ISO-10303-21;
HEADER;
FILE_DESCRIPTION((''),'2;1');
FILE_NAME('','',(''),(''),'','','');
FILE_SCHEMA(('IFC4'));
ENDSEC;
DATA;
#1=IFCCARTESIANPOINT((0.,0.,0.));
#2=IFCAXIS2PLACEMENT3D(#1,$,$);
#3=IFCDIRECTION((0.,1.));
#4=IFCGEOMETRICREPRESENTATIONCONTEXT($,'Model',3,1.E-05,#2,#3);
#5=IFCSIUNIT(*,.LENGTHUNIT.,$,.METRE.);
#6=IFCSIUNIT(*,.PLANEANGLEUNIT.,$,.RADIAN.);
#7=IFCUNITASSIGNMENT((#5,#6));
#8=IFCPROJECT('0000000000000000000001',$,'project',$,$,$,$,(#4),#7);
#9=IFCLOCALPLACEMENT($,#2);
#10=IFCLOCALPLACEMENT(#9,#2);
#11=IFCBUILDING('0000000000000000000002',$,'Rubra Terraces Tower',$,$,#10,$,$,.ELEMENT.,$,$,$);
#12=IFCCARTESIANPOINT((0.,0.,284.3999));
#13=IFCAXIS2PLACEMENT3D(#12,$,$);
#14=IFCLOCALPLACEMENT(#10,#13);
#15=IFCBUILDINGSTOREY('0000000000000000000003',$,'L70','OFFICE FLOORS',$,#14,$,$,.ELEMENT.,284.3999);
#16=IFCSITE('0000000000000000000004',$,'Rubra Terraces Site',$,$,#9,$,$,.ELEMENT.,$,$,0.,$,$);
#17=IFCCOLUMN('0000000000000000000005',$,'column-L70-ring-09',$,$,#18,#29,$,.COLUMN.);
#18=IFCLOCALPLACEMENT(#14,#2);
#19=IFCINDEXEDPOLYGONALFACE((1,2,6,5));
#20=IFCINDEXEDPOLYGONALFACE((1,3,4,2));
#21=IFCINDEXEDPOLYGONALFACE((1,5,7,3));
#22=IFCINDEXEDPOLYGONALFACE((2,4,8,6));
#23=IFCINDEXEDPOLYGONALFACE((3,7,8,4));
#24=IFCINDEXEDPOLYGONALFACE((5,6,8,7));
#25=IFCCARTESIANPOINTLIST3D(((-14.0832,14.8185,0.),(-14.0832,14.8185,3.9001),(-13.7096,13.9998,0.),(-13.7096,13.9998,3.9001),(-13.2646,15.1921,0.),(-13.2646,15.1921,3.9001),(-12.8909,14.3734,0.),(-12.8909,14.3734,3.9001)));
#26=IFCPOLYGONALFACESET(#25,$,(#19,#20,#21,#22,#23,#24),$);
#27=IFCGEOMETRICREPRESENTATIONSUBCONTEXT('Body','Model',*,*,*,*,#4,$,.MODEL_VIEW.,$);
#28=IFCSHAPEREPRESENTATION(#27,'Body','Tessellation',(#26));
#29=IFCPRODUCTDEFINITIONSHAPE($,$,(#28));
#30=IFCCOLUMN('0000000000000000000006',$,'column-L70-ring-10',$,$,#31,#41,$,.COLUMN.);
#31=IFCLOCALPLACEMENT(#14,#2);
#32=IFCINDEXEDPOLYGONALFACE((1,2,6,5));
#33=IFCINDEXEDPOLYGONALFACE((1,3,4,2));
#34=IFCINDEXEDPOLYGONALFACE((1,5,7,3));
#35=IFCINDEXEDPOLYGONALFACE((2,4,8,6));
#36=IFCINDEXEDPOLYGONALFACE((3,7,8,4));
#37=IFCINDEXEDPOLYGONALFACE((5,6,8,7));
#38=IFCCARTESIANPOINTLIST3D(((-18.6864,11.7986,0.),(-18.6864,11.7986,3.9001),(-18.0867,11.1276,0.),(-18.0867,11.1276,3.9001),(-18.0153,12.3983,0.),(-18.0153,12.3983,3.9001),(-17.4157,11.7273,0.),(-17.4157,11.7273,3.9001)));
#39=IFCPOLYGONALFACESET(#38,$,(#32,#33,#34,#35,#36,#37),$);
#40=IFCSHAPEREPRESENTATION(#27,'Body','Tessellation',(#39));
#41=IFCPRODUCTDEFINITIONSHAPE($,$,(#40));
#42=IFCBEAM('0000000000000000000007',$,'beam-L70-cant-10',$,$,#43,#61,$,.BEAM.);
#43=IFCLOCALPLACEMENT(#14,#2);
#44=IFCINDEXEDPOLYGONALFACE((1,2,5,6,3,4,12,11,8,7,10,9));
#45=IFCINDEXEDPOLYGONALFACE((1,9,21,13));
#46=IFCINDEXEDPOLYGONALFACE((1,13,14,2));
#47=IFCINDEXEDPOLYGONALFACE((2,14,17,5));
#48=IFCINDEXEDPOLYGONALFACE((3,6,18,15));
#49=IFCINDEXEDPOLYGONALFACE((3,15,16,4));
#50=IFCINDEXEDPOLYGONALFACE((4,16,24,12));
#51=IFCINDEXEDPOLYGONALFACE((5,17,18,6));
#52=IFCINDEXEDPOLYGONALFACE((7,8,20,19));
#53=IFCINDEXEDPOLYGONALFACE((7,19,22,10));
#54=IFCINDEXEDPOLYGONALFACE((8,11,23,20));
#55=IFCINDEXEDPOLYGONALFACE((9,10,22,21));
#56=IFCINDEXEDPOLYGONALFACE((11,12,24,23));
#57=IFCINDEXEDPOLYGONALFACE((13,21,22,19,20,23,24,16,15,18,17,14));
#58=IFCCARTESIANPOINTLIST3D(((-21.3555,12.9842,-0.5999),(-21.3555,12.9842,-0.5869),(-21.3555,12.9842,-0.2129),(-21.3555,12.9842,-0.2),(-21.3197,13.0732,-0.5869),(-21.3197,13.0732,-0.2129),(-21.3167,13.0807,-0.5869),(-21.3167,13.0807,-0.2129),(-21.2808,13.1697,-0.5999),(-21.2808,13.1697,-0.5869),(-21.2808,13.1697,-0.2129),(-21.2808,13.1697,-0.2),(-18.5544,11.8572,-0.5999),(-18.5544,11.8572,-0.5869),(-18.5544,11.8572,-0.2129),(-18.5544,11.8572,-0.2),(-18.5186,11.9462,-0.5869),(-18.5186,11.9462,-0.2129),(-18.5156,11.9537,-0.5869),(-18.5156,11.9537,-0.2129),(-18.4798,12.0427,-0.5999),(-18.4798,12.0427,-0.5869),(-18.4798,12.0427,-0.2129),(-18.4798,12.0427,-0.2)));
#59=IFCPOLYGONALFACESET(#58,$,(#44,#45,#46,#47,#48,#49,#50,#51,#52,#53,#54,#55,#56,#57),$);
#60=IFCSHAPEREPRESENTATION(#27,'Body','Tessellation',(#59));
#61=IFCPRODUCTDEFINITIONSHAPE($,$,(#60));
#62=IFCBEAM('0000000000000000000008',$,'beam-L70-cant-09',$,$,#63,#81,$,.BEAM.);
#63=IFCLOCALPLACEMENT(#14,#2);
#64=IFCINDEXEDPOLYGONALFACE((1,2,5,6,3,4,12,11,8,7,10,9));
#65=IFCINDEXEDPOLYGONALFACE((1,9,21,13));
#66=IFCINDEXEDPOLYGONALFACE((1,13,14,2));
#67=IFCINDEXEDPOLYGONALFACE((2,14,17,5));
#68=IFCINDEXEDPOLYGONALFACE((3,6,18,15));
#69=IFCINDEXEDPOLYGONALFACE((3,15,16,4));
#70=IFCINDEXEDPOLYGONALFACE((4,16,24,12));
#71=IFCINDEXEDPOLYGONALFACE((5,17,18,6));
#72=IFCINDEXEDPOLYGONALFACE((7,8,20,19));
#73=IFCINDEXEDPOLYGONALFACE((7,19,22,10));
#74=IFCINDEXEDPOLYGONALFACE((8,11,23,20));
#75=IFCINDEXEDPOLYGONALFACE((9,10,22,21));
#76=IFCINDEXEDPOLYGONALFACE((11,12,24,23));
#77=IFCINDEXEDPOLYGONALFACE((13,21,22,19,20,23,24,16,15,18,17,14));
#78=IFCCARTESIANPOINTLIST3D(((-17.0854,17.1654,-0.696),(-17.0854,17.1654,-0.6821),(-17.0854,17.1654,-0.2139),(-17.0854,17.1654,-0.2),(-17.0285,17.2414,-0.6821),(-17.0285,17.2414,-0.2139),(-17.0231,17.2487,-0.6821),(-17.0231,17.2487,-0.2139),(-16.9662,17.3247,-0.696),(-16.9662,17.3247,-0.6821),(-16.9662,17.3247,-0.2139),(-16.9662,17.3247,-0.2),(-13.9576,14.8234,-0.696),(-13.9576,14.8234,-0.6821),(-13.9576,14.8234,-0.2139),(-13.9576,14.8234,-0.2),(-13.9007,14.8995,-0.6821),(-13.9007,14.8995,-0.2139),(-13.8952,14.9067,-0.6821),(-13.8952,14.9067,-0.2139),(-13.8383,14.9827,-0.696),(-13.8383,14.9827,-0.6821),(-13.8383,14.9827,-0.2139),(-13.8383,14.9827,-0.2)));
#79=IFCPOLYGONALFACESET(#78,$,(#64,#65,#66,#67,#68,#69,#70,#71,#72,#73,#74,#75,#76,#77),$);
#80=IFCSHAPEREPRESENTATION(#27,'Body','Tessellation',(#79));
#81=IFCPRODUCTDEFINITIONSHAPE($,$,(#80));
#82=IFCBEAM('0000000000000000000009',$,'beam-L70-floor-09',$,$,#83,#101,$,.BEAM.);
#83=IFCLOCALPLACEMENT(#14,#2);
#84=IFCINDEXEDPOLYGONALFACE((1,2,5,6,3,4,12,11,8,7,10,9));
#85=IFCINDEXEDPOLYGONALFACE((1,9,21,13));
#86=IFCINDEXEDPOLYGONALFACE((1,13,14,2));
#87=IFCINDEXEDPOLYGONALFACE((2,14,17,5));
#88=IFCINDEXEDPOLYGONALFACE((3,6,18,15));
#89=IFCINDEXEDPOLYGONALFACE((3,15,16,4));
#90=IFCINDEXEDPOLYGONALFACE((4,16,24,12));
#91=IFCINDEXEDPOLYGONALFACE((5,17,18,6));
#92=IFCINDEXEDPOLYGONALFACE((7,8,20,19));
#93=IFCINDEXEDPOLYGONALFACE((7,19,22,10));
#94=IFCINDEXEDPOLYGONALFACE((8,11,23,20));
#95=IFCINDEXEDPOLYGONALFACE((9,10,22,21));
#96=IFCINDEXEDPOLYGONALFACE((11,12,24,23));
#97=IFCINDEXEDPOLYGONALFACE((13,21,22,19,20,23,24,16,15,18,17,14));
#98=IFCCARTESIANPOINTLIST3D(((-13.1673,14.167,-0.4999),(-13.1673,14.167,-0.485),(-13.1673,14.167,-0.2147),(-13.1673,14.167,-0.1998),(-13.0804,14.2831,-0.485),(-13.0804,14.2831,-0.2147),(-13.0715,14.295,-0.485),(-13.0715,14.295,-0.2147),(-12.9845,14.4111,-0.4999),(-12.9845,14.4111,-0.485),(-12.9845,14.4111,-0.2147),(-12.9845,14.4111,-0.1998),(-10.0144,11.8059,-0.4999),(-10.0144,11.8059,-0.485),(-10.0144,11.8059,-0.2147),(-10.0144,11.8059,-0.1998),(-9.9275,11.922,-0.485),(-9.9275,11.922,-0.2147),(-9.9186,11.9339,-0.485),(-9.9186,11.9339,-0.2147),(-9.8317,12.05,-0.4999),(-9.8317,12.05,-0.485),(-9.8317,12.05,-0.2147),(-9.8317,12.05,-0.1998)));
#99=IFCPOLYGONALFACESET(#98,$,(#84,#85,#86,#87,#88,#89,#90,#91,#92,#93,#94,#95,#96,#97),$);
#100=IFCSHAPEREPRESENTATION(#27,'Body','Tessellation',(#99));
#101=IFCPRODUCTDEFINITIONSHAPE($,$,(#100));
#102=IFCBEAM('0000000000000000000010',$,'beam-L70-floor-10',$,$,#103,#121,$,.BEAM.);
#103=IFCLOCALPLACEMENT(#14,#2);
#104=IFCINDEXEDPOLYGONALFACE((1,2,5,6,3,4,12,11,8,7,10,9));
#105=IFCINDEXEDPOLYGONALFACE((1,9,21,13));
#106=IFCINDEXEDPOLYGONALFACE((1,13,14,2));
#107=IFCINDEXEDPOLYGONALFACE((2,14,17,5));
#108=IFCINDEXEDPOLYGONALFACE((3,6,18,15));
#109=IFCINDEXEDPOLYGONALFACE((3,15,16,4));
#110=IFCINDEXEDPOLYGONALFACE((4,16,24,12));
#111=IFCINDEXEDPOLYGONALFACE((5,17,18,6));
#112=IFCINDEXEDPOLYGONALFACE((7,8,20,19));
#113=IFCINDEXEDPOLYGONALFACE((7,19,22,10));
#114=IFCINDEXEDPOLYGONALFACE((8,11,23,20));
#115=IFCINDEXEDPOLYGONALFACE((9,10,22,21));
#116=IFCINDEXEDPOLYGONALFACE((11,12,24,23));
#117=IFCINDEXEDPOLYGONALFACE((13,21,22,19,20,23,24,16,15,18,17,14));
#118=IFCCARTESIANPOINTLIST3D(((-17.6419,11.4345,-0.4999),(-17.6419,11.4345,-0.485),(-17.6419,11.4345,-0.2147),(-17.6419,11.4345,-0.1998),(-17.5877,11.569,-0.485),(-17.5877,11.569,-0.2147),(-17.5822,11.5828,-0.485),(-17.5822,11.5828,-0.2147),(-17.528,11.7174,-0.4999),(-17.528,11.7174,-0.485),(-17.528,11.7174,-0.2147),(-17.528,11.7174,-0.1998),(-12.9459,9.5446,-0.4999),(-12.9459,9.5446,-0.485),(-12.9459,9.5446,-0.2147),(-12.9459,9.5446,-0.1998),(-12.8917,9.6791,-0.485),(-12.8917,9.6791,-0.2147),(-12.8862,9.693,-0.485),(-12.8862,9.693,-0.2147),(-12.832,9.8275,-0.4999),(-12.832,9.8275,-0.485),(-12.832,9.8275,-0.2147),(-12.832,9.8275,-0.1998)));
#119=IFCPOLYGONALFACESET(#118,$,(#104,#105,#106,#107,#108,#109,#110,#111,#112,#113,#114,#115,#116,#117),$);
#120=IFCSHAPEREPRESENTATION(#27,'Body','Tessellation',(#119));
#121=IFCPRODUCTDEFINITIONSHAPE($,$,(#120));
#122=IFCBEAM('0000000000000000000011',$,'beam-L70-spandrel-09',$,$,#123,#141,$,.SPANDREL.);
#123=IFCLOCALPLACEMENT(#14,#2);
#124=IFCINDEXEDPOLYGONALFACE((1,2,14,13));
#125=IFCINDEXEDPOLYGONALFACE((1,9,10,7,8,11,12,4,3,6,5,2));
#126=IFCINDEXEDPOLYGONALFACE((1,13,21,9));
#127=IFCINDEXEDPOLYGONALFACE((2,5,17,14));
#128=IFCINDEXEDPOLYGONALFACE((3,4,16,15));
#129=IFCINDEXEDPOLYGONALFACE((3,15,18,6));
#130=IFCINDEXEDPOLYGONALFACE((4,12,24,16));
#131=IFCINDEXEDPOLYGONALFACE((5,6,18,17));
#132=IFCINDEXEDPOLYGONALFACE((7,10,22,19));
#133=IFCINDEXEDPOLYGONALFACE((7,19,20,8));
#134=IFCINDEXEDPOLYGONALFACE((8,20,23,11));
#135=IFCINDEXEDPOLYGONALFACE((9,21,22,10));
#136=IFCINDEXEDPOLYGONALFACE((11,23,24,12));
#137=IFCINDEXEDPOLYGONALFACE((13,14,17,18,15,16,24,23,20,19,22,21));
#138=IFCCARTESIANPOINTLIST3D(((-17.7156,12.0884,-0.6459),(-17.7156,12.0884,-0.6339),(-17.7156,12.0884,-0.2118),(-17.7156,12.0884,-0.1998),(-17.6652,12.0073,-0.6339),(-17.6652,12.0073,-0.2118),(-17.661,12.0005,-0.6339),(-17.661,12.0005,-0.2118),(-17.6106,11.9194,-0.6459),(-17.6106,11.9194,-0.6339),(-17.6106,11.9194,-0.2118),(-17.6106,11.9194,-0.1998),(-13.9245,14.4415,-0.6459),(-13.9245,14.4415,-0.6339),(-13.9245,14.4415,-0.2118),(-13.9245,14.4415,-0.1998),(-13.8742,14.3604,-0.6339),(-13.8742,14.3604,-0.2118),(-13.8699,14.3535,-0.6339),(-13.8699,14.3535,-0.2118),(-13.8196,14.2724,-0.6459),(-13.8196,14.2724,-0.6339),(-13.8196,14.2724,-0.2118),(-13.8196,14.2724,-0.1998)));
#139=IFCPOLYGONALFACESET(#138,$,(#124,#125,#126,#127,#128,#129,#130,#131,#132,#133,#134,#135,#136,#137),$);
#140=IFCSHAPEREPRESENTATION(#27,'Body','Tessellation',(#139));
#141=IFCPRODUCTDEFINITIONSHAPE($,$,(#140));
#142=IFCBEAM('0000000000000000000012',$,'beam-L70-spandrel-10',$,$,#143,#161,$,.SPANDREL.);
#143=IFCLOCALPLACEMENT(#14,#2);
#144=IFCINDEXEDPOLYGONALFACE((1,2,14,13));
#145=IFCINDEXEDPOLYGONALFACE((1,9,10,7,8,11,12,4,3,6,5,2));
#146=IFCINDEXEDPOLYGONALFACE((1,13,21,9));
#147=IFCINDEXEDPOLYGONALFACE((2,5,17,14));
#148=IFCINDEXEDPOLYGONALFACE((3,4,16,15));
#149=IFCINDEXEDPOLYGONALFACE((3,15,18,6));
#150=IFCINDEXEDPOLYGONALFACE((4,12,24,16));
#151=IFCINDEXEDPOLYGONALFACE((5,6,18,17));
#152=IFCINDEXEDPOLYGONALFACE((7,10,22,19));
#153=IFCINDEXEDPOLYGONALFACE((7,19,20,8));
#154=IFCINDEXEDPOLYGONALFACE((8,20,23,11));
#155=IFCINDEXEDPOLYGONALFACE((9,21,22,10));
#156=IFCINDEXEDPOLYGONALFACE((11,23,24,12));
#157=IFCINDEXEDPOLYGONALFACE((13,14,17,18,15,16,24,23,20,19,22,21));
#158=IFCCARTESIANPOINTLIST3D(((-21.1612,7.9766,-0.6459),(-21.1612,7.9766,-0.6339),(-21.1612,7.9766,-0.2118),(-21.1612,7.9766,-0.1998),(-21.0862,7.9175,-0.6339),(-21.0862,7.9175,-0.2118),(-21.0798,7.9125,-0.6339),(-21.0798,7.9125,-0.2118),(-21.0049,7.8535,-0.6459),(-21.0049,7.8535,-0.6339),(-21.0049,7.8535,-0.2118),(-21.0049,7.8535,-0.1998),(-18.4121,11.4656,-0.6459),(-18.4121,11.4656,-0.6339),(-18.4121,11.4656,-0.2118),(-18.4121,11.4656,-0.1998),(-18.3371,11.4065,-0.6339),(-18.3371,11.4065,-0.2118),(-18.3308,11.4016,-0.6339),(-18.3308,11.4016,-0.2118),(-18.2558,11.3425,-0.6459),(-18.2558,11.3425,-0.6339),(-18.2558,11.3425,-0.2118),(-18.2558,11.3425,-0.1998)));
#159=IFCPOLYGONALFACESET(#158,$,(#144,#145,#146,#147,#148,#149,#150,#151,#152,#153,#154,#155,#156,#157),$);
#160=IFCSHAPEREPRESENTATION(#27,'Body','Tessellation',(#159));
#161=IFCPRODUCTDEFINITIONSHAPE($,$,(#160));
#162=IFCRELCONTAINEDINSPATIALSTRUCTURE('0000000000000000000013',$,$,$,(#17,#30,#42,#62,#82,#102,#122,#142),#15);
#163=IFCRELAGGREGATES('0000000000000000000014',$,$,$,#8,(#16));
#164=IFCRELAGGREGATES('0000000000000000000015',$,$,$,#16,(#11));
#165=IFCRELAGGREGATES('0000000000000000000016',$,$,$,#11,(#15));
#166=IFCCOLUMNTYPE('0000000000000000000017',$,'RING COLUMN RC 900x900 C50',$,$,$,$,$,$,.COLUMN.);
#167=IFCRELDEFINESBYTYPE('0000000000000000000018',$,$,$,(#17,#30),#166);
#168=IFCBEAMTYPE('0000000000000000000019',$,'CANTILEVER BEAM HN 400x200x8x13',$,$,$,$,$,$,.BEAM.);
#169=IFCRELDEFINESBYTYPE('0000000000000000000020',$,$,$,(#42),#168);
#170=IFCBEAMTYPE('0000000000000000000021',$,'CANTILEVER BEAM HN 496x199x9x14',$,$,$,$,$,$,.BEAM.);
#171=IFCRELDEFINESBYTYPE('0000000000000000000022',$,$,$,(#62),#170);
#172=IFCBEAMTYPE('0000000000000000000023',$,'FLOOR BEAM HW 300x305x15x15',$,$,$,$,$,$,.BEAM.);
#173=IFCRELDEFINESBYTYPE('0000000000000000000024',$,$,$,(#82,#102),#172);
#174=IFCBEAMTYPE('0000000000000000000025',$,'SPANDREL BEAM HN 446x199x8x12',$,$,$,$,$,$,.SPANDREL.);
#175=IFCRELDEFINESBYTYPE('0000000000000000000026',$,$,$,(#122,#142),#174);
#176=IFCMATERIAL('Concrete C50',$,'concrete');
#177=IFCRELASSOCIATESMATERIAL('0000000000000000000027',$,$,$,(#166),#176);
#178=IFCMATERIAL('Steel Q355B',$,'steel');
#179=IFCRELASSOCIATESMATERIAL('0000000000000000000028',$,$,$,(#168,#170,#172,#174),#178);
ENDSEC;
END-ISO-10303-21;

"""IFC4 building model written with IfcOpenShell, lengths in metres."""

from ifc_helpers import new_model, si_unit, direction, frame, origin, origin_2d, place, context, subcontext, project, spatial, rectangle, i_section, extrude, material, material_profile, profile_set, type_object, element, save


model = new_model("IFC4")

# Units and contexts
model_context = context("Model", 3, precision=1e-05, world=origin(), true_north=direction((0.0, 1.0)))
body_context = subcontext(model_context, "Body", "Model", "MODEL_VIEW")
ifc_project = project(units=[si_unit("LENGTHUNIT", "METRE"), si_unit("PLANEANGLEUNIT", "RADIAN")], contexts=[model_context])

# Site, building, storey
site_placement = place(None, origin())
site = spatial("IfcSite", under=ifc_project, at=site_placement, Name="Rubra Terraces Site", CompositionType="ELEMENT", RefElevation=0.0)
building_placement = place(site_placement, origin())
building = spatial("IfcBuilding", under=site, at=building_placement, Name="Rubra Terraces Tower", CompositionType="ELEMENT")
storey_placement = place(building_placement, frame((0.0, 0.0, 284.3999)))
storey = spatial("IfcBuildingStorey", under=building, at=storey_placement, Name="L70", Description="OFFICE FLOORS", CompositionType="ELEMENT", Elevation=284.3999)

# Columns
ifc_material_1 = material(Name="Concrete C50", Category="concrete")
ifc_material_profile_1 = material_profile(ifc_material_1, rectangle(XDim=0.8999, YDim=0.8999, at=origin_2d()), Name="RC 900x900")
ifc_profile_set_1 = profile_set([ifc_material_profile_1], Name="Concrete C50")
column_type = type_object("IfcColumnType", Name="RING COLUMN RC 900x900 C50", PredefinedType="COLUMN", material=ifc_profile_set_1)
for number, where, z_axis, x_axis, name in (
    (1, (-13.4871, 14.5959, 0.0), (0.0, 0.0, 1.0), (-0.909726, -0.415208, 0.0), "column-L70-ring-09"),
    (2, (-18.051, 11.7629, 0.0), (0.0, 0.0, 1.0), (-0.745642, -0.666347, 0.0), "column-L70-ring-10"),
):
    element("IfcColumn", number, at=place(storey_placement, frame(where, z_axis=z_axis, x_axis=x_axis)), inside=storey, type_object=column_type, Name=name, PredefinedType="COLUMN", context=body_context, shape_type="SweptSolid", body=[
        extrude(rectangle(XDim=0.8999, YDim=0.8999, at=origin_2d()), origin(), (0.0, 0.0, 1.0), 3.9001),
    ])

# Beams
ifc_material_2 = material(Name="Steel Q355B", Category="steel")
ifc_material_profile_2 = material_profile(ifc_material_2, i_section(OverallWidth=0.2, OverallDepth=0.3999, WebThickness=0.0081, FlangeThickness=0.0129, at=origin_2d()), Name="HN 400x200x8x13")
ifc_profile_set_2 = profile_set([ifc_material_profile_2], Name="Steel Q355B")
beam_type_1 = type_object("IfcBeamType", Name="CANTILEVER BEAM HN 400x200x8x13", PredefinedType="BEAM", material=ifc_profile_set_2)
beam_1_placement = place(storey_placement, frame((-18.5171, 11.95, -0.3999), z_axis=(-0.927728, 0.373258, 0.0), x_axis=(-0.373258, -0.927728, 0.0)))
element("IfcBeam", 3, at=beam_1_placement, inside=storey, type_object=beam_type_1, Name="beam-L70-cant-10", PredefinedType="BEAM", context=body_context, shape_type="SweptSolid", body=[
    extrude(i_section(OverallWidth=0.2, OverallDepth=0.3999, WebThickness=0.0081, FlangeThickness=0.0129, at=origin_2d()), origin(), (0.0, 0.0, 1.0), 3.0193),
])
ifc_material_profile_3 = material_profile(ifc_material_2, i_section(OverallWidth=0.199, OverallDepth=0.4961, WebThickness=0.009, FlangeThickness=0.0139, at=origin_2d()), Name="HN 496x199x9x14")
ifc_profile_set_3 = profile_set([ifc_material_profile_3], Name="Steel Q355B")
beam_type_2 = type_object("IfcBeamType", Name="CANTILEVER BEAM HN 496x199x9x14", PredefinedType="BEAM", material=ifc_profile_set_3)
beam_2_placement = place(storey_placement, frame((-13.8979, 14.9031, -0.448), z_axis=(-0.80048, 0.59936, 0.0), x_axis=(-0.59936, -0.80048, 0.0)))
element("IfcBeam", 4, at=beam_2_placement, inside=storey, type_object=beam_type_2, Name="beam-L70-cant-09", PredefinedType="BEAM", context=body_context, shape_type="SweptSolid", body=[
    extrude(i_section(OverallWidth=0.199, OverallDepth=0.4961, WebThickness=0.009, FlangeThickness=0.0139, at=origin_2d()), origin(), (0.0, 0.0, 1.0), 3.9075),
])
ifc_material_profile_4 = material_profile(ifc_material_2, i_section(OverallWidth=0.3049, OverallDepth=0.3, WebThickness=0.0149, FlangeThickness=0.0149, at=origin_2d()), Name="HW 300x305x15x15")
ifc_profile_set_4 = profile_set([ifc_material_profile_4], Name="Steel Q355B")
beam_type_3 = type_object("IfcBeamType", Name="FLOOR BEAM HW 300x305x15x15", PredefinedType="BEAM", material=ifc_profile_set_4)
beam_3_placement = place(storey_placement, frame((-13.0759, 14.2891, -0.3499), z_axis=(0.800431, -0.599425, 0.0), x_axis=(0.599425, 0.800431, 0.0)))
element("IfcBeam", 5, at=beam_3_placement, inside=storey, type_object=beam_type_3, Name="beam-L70-floor-09", PredefinedType="BEAM", context=body_context, shape_type="SweptSolid", body=[
    extrude(i_section(OverallWidth=0.3049, OverallDepth=0.3, WebThickness=0.0149, FlangeThickness=0.0149, at=origin_2d()), origin(), (0.0, 0.0, 1.0), 3.939),
])
beam_4_placement = place(storey_placement, frame((-17.585, 11.5759, -0.3499), z_axis=(0.927693, -0.373344, 0.0), x_axis=(0.373344, 0.927693, 0.0)))
element("IfcBeam", 6, at=beam_4_placement, inside=storey, type_object=beam_type_3, Name="beam-L70-floor-10", PredefinedType="BEAM", context=body_context, shape_type="SweptSolid", body=[
    extrude(i_section(OverallWidth=0.3049, OverallDepth=0.3, WebThickness=0.0149, FlangeThickness=0.0149, at=origin_2d()), origin(), (0.0, 0.0, 1.0), 5.062),
])
ifc_material_profile_5 = material_profile(ifc_material_2, i_section(OverallWidth=0.199, OverallDepth=0.446, WebThickness=0.0081, FlangeThickness=0.012, at=origin_2d()), Name="HN 446x199x8x12")
ifc_profile_set_5 = profile_set([ifc_material_profile_5], Name="Steel Q355B")
beam_type_4 = type_object("IfcBeamType", Name="SPANDREL BEAM HN 446x199x8x12", PredefinedType="SPANDREL", material=ifc_profile_set_5)
beam_5_placement = place(storey_placement, frame((-13.8721, 14.3569, -0.4229), z_axis=(-0.849642, -0.52736, 0.0), x_axis=(0.52736, -0.849642, 0.0)))
element("IfcBeam", 7, at=beam_5_placement, inside=storey, type_object=beam_type_4, Name="beam-L70-spandrel-09", PredefinedType="SPANDREL", context=body_context, shape_type="SweptSolid", body=[
    extrude(i_section(OverallWidth=0.199, OverallDepth=0.446, WebThickness=0.0081, FlangeThickness=0.012, at=origin_2d()), origin(), (0.0, 0.0, 1.0), 4.4619),
])
beam_6_placement = place(storey_placement, frame((-18.334, 11.4041, -0.4229), z_axis=(-0.618887, -0.78548, 0.0), x_axis=(0.78548, -0.618887, 0.0)))
element("IfcBeam", 8, at=beam_6_placement, inside=storey, type_object=beam_type_4, Name="beam-L70-spandrel-10", PredefinedType="SPANDREL", context=body_context, shape_type="SweptSolid", body=[
    extrude(i_section(OverallWidth=0.199, OverallDepth=0.446, WebThickness=0.0081, FlangeThickness=0.012, at=origin_2d()), origin(), (0.0, 0.0, 1.0), 4.4419),
])

save(model, "model.ifc")
